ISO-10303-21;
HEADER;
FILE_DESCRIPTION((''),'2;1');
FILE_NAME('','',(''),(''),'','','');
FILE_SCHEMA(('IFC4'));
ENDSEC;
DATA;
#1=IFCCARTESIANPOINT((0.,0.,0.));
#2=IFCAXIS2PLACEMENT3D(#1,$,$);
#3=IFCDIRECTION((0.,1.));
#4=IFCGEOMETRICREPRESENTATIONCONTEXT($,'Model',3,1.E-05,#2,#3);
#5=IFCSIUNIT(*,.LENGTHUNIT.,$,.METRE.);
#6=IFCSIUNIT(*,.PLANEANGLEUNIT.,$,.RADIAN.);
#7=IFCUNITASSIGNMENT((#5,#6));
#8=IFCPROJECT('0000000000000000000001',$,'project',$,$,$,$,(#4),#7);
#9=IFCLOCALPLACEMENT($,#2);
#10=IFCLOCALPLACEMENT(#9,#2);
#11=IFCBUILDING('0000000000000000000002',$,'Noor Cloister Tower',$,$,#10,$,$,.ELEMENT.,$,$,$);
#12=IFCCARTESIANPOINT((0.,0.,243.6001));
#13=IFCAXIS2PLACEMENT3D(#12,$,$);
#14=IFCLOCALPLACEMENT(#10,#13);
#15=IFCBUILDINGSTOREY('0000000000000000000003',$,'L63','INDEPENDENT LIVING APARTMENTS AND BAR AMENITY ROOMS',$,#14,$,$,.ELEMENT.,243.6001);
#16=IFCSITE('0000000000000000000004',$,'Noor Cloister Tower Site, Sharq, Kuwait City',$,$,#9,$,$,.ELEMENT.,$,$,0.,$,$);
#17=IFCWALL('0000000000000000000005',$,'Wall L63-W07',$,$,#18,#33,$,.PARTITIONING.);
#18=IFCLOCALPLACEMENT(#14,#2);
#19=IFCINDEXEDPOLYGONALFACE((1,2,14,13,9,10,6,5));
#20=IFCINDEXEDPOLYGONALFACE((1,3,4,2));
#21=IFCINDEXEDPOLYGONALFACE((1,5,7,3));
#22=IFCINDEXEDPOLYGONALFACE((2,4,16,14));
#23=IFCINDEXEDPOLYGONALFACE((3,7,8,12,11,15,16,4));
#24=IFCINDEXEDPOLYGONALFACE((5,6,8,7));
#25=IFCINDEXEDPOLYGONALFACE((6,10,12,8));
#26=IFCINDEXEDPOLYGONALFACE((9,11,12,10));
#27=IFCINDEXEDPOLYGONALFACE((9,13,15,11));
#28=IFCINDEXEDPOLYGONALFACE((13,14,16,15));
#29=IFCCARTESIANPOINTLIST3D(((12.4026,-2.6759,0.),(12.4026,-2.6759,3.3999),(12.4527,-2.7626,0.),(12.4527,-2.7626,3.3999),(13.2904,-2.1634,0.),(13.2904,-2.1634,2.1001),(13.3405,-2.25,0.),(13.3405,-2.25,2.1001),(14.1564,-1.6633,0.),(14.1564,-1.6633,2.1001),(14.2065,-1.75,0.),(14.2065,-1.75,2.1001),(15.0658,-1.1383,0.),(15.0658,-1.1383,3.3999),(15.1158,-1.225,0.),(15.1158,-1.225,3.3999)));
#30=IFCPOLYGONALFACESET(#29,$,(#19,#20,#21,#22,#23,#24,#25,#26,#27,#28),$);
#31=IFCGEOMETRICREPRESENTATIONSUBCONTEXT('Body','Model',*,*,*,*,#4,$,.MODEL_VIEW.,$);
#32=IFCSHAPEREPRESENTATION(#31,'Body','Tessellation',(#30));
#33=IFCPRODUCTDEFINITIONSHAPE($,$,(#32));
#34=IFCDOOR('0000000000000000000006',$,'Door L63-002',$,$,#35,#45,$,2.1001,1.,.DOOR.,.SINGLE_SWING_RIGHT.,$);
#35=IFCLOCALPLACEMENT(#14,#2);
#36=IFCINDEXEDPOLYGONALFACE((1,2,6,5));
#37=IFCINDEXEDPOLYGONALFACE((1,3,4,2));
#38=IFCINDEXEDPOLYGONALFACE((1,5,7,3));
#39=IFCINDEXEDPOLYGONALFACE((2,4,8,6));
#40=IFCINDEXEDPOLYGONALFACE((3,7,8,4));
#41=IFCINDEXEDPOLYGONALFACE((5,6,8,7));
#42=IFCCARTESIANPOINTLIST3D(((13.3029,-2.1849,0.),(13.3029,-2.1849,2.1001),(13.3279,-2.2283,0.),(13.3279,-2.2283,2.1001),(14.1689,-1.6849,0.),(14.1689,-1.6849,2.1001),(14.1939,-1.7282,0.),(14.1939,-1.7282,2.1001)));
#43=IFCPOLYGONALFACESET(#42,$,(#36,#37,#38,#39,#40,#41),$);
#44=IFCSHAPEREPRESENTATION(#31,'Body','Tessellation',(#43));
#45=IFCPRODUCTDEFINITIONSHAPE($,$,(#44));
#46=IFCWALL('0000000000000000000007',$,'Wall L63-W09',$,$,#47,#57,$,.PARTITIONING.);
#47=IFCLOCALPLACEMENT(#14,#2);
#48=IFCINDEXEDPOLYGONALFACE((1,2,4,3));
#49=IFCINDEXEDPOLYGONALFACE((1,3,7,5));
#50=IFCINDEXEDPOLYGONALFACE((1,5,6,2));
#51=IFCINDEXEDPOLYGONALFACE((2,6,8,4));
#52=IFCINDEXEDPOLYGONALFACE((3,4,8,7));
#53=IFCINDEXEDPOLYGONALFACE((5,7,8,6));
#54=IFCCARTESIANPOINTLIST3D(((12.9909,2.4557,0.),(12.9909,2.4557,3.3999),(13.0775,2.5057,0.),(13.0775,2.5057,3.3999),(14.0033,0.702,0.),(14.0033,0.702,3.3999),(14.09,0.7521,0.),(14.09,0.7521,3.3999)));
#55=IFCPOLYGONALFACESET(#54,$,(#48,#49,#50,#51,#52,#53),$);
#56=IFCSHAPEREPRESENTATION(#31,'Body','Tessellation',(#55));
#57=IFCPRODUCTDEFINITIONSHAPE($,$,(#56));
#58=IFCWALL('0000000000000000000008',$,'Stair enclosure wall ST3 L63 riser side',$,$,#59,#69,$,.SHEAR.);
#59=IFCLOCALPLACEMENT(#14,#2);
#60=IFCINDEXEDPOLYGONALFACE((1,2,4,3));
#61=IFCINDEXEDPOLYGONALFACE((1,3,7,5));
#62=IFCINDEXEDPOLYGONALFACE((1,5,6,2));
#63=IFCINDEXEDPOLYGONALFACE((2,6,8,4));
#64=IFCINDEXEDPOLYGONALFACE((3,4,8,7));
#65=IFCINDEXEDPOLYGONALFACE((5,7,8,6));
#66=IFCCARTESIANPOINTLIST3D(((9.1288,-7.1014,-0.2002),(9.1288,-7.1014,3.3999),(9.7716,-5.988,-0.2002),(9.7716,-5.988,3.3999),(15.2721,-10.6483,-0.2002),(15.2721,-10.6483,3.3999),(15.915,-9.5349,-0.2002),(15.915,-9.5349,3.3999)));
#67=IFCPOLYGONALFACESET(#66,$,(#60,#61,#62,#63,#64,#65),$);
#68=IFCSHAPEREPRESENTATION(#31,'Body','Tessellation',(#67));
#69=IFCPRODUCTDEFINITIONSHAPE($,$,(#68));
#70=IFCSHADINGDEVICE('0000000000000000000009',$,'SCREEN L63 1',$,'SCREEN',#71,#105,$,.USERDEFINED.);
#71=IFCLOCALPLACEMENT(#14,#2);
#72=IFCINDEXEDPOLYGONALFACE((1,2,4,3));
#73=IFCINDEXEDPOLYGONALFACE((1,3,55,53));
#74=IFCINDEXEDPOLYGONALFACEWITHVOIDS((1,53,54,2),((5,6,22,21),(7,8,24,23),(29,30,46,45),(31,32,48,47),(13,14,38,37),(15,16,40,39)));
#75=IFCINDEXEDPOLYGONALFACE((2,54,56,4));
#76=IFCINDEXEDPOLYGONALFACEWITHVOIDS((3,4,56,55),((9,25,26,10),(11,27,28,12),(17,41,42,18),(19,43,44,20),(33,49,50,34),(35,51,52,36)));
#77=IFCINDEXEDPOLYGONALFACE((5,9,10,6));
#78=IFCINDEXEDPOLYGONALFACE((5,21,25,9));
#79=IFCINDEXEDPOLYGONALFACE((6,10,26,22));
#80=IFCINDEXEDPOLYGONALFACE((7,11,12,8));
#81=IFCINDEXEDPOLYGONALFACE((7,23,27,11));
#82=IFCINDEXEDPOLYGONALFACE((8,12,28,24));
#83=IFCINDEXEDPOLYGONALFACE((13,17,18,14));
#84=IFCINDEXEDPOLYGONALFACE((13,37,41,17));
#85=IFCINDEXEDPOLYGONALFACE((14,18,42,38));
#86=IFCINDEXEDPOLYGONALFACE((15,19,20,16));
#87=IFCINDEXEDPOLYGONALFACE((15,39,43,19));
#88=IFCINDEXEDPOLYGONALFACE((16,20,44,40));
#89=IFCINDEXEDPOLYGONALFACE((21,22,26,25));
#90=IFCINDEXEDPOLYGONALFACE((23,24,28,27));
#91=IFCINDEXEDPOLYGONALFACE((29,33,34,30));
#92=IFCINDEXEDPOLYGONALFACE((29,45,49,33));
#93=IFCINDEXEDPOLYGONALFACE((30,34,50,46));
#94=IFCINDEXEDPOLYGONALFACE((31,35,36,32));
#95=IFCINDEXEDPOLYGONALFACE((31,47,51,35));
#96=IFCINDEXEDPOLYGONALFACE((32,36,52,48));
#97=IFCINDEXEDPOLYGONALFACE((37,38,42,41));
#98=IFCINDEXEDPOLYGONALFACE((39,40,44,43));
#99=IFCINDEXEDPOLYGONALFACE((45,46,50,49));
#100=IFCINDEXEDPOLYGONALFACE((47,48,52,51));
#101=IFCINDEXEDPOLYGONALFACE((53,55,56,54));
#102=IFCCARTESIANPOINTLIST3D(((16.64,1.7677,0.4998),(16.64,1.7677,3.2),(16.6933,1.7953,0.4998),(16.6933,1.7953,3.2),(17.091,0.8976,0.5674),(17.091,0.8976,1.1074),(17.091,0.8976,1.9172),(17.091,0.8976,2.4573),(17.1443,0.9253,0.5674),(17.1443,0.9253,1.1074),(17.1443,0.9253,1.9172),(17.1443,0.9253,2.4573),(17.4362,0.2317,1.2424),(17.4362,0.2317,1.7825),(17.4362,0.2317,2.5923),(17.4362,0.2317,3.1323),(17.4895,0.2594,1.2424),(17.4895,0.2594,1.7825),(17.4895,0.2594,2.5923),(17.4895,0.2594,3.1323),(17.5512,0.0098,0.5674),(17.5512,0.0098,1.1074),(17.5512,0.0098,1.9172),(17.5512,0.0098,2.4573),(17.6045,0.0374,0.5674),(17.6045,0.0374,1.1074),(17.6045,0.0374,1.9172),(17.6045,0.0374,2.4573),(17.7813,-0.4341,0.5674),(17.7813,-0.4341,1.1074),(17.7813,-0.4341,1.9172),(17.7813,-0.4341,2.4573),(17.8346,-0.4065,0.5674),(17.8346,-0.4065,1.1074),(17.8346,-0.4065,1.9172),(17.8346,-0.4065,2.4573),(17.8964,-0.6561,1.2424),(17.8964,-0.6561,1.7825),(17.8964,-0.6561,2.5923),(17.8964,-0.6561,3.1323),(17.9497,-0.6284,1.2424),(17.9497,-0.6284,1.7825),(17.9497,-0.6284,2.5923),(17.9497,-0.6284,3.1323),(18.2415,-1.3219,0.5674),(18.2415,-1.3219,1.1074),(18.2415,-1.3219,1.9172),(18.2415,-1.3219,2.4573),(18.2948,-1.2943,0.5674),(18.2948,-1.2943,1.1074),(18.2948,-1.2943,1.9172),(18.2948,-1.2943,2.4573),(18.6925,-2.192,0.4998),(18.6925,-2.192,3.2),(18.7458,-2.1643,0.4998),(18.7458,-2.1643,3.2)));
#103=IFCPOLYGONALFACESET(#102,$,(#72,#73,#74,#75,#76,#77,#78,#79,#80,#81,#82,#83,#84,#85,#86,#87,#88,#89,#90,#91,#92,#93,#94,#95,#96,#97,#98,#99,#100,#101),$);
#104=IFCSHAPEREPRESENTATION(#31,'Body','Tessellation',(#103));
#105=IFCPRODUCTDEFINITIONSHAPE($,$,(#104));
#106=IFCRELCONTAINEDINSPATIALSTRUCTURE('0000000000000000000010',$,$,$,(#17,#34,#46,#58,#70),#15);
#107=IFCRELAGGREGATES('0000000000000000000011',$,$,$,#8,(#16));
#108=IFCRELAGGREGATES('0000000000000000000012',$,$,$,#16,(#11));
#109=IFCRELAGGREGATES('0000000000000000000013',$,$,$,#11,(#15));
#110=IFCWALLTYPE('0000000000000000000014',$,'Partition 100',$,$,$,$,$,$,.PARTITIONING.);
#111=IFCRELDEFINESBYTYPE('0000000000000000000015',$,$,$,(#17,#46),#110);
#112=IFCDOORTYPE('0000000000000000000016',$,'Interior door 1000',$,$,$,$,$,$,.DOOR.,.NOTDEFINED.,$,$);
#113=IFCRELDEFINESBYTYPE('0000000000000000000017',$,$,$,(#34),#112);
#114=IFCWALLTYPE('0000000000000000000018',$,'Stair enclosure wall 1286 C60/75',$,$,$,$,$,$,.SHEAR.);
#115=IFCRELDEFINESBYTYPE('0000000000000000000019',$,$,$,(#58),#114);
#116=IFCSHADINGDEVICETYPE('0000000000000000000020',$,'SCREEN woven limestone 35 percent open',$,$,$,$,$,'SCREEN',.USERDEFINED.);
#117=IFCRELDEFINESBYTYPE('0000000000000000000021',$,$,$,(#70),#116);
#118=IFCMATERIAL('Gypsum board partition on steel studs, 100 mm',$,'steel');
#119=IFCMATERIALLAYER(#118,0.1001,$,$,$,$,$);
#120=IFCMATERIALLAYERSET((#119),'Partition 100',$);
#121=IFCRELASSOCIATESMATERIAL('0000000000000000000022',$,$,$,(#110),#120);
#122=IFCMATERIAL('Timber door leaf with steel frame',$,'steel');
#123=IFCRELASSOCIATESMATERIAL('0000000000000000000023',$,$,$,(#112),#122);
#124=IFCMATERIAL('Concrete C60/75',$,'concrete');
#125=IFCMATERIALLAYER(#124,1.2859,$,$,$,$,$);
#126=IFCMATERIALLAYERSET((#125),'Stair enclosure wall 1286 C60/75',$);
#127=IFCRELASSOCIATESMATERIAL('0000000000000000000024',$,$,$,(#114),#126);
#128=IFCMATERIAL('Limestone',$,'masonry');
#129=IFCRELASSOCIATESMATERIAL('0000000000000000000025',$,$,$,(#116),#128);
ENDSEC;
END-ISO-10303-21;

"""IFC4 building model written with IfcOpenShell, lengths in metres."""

from ifc_helpers import new_model, si_unit, direction, frame, frame_2d, origin, place, context, subcontext, project, spatial, polyline, rectangle, outline, extrude, material, layer, layer_set, material_profile, profile_set, type_object, element, fill, save


model = new_model("IFC4")

# Units and contexts
model_context = context("Model", 3, precision=1e-05, world=origin(), true_north=direction((0.0, 1.0)))
body_context = subcontext(model_context, "Body", "Model", "MODEL_VIEW")
ifc_project = project(units=[si_unit("LENGTHUNIT", "METRE"), si_unit("PLANEANGLEUNIT", "RADIAN")], contexts=[model_context])

# Site, building, storey
site_placement = place(None, origin())
site = spatial("IfcSite", under=ifc_project, at=site_placement, Name="Noor Cloister Tower Site, Sharq, Kuwait City", CompositionType="ELEMENT", RefElevation=0.0)
building_placement = place(site_placement, origin())
building = spatial("IfcBuilding", under=site, at=building_placement, Name="Noor Cloister Tower", CompositionType="ELEMENT")
storey_placement = place(building_placement, frame((0.0, 0.0, 243.6001)))
storey = spatial("IfcBuildingStorey", under=building, at=storey_placement, Name="L63", Description="INDEPENDENT LIVING APARTMENTS AND BAR AMENITY ROOMS", CompositionType="ELEMENT", Elevation=243.6001)

# Shared definitions
ifc_material_1 = material(Name="Gypsum board partition on steel studs, 100 mm", Category="steel")
ifc_layer_1 = layer(ifc_material_1, 0.1001)
ifc_layer_set_1 = layer_set([ifc_layer_1], Name="Partition 100")
wall_type_1 = type_object("IfcWallType", Name="Partition 100", PredefinedType="PARTITIONING", material=ifc_layer_set_1)

# Wall, opening, door
wall_1_placement = place(storey_placement, frame((15.0908, -1.1816, 0.0), z_axis=(0.0, 0.0, 1.0), x_axis=(-0.866016, -0.500016, 0.0)))
wall_1 = element("IfcWall", 1, at=wall_1_placement, inside=storey, type_object=wall_type_1, Name="Wall L63-W07", PredefinedType="PARTITIONING", context=body_context, shape_type="SweptSolid", body=[
    extrude(rectangle(XDim=3.0752, YDim=0.1001, at=frame_2d((1.5376, 0.0))), origin(), (0.0, 0.0, 1.0), 3.3999),
])
opening_1_placement = place(wall_1_placement, frame((1.05, 0.0, 0.0)))
opening_1 = element("IfcOpeningElement", 2, at=opening_1_placement, cuts=wall_1, PredefinedType="OPENING", context=body_context, shape_type="SweptSolid", body=[
    extrude(rectangle(XDim=1.0, YDim=2.1001, at=frame_2d((0.5, 1.05))), frame((0.0, 0.0601, 0.0), z_axis=(0.0, -1.0, 0.0), x_axis=(1.0, 0.0, 0.0)), (0.0, 0.0, 1.0), 0.1201),
])
ifc_material_2 = material(Name="Timber door leaf with steel frame", Category="steel")
door_type_1 = type_object("IfcDoorType", Name="Interior door 1000", OperationType="NOTDEFINED", PredefinedType="DOOR", material=ifc_material_2)
door_1_placement = place(opening_1_placement, origin())
door_1 = element("IfcDoor", 3, at=door_1_placement, inside=storey, type_object=door_type_1, Name="Door L63-002", OperationType="SINGLE_SWING_RIGHT", OverallHeight=2.1001, OverallWidth=1.0, PredefinedType="DOOR", context=body_context, shape_type="SweptSolid", body=[
    extrude(rectangle(XDim=1.0, YDim=2.1001, at=frame_2d((0.5, 1.05))), frame((0.0, 0.0249, 0.0), z_axis=(0.0, -1.0, 0.0), x_axis=(1.0, 0.0, 0.0)), (0.0, 0.0, 1.0), 0.05),
])
fill(opening_1, door_1)

# Walls
wall_2_placement = place(storey_placement, frame((14.0466, 0.7271, 0.0), z_axis=(0.0, 0.0, 1.0), x_axis=(-0.49999, 0.866031, 0.0)))
element("IfcWall", 4, at=wall_2_placement, inside=storey, type_object=wall_type_1, Name="Wall L63-W09", PredefinedType="PARTITIONING", context=body_context, shape_type="SweptSolid", body=[
    extrude(rectangle(XDim=2.0249, YDim=0.1001, at=frame_2d((1.0125, 0.0))), origin(), (0.0, 0.0, 1.0), 3.3999),
])
ifc_material_3 = material(Name="Concrete C60/75", Category="concrete")
ifc_layer_2 = layer(ifc_material_3, 1.2859)
ifc_layer_set_2 = layer_set([ifc_layer_2], Name="Stair enclosure wall 1286 C60/75")
wall_type_2 = type_object("IfcWallType", Name="Stair enclosure wall 1286 C60/75", PredefinedType="SHEAR", material=ifc_layer_set_2)
wall_3_placement = place(storey_placement, frame((9.4502, -6.5447, -0.2002), z_axis=(0.0, 0.0, 1.0), x_axis=(0.866023, -0.500003, 0.0)))
element("IfcWall", 5, at=wall_3_placement, inside=storey, type_object=wall_type_2, Name="Stair enclosure wall ST3 L63 riser side", PredefinedType="SHEAR", context=body_context, shape_type="SweptSolid", body=[
    extrude(rectangle(XDim=7.0938, YDim=1.2856, at=frame_2d((3.5469, 0.0))), origin(), (0.0, 0.0, 1.0), 3.6001),
])

# Shading device
ifc_material_4 = material(Name="Limestone", Category="masonry")
ifc_material_profile_1 = material_profile(ifc_material_4, outline(polyline([(-2.23, -1.3501), (2.23, -1.3501), (2.23, 1.3501), (-2.23, 1.3501), (-2.23, -1.3501)]), holes=[polyline([(-1.25, -1.2825), (-0.25, -1.2825), (-0.25, -0.7424), (-1.25, -0.7424), (-1.25, -1.2825)]), polyline([(0.25, -1.2825), (1.25, -1.2825), (1.25, -0.7424), (0.25, -0.7424), (0.25, -1.2825)]), polyline([(-0.5, -0.6074), (0.5, -0.6074), (0.5, -0.0674), (-0.5, -0.0674), (-0.5, -0.6074)]), polyline([(-1.25, 0.0674), (-0.25, 0.0674), (-0.25, 0.6074), (-1.25, 0.6074), (-1.25, 0.0674)]), polyline([(0.25, 0.0674), (1.25, 0.0674), (1.25, 0.6074), (0.25, 0.6074), (0.25, 0.0674)]), polyline([(-0.5, 0.7424), (0.5, 0.7424), (0.5, 1.2825), (-0.5, 1.2825), (-0.5, 0.7424)])]), Name="Woven screen 35 percent open")
ifc_profile_set_1 = profile_set([ifc_material_profile_1], Name="Limestone")
shading_device_type = type_object("IfcShadingDeviceType", Name="SCREEN woven limestone 35 percent open", ElementType="SCREEN", PredefinedType="USERDEFINED", material=ifc_profile_set_1)
shading_device_placement = place(storey_placement, frame((17.6663, -0.2122, 1.8499), z_axis=(0.887816, 0.460198, 0.0), x_axis=(-0.460198, 0.887816, 0.0)))
element("IfcShadingDevice", 6, at=shading_device_placement, inside=storey, type_object=shading_device_type, Name="SCREEN L63 1", ObjectType="SCREEN", PredefinedType="USERDEFINED", context=body_context, shape_type="SweptSolid", body=[
    extrude(outline(polyline([(-2.23, -1.3501), (2.23, -1.3501), (2.23, 1.3501), (-2.23, 1.3501), (-2.23, -1.3501)]), holes=[polyline([(-1.25, -1.2825), (-0.25, -1.2825), (-0.25, -0.7424), (-1.25, -0.7424), (-1.25, -1.2825)]), polyline([(0.25, -1.2825), (1.25, -1.2825), (1.25, -0.7424), (0.25, -0.7424), (0.25, -1.2825)]), polyline([(-0.5, -0.6074), (0.5, -0.6074), (0.5, -0.0674), (-0.5, -0.0674), (-0.5, -0.6074)]), polyline([(-1.25, 0.0674), (-0.25, 0.0674), (-0.25, 0.6074), (-1.25, 0.6074), (-1.25, 0.0674)]), polyline([(0.25, 0.0674), (1.25, 0.0674), (1.25, 0.6074), (0.25, 0.6074), (0.25, 0.0674)]), polyline([(-0.5, 0.7424), (0.5, 0.7424), (0.5, 1.2825), (-0.5, 1.2825), (-0.5, 0.7424)])]), origin(), (0.0, 0.0, 1.0), 0.0601),
])

save(model, "model.ifc")
